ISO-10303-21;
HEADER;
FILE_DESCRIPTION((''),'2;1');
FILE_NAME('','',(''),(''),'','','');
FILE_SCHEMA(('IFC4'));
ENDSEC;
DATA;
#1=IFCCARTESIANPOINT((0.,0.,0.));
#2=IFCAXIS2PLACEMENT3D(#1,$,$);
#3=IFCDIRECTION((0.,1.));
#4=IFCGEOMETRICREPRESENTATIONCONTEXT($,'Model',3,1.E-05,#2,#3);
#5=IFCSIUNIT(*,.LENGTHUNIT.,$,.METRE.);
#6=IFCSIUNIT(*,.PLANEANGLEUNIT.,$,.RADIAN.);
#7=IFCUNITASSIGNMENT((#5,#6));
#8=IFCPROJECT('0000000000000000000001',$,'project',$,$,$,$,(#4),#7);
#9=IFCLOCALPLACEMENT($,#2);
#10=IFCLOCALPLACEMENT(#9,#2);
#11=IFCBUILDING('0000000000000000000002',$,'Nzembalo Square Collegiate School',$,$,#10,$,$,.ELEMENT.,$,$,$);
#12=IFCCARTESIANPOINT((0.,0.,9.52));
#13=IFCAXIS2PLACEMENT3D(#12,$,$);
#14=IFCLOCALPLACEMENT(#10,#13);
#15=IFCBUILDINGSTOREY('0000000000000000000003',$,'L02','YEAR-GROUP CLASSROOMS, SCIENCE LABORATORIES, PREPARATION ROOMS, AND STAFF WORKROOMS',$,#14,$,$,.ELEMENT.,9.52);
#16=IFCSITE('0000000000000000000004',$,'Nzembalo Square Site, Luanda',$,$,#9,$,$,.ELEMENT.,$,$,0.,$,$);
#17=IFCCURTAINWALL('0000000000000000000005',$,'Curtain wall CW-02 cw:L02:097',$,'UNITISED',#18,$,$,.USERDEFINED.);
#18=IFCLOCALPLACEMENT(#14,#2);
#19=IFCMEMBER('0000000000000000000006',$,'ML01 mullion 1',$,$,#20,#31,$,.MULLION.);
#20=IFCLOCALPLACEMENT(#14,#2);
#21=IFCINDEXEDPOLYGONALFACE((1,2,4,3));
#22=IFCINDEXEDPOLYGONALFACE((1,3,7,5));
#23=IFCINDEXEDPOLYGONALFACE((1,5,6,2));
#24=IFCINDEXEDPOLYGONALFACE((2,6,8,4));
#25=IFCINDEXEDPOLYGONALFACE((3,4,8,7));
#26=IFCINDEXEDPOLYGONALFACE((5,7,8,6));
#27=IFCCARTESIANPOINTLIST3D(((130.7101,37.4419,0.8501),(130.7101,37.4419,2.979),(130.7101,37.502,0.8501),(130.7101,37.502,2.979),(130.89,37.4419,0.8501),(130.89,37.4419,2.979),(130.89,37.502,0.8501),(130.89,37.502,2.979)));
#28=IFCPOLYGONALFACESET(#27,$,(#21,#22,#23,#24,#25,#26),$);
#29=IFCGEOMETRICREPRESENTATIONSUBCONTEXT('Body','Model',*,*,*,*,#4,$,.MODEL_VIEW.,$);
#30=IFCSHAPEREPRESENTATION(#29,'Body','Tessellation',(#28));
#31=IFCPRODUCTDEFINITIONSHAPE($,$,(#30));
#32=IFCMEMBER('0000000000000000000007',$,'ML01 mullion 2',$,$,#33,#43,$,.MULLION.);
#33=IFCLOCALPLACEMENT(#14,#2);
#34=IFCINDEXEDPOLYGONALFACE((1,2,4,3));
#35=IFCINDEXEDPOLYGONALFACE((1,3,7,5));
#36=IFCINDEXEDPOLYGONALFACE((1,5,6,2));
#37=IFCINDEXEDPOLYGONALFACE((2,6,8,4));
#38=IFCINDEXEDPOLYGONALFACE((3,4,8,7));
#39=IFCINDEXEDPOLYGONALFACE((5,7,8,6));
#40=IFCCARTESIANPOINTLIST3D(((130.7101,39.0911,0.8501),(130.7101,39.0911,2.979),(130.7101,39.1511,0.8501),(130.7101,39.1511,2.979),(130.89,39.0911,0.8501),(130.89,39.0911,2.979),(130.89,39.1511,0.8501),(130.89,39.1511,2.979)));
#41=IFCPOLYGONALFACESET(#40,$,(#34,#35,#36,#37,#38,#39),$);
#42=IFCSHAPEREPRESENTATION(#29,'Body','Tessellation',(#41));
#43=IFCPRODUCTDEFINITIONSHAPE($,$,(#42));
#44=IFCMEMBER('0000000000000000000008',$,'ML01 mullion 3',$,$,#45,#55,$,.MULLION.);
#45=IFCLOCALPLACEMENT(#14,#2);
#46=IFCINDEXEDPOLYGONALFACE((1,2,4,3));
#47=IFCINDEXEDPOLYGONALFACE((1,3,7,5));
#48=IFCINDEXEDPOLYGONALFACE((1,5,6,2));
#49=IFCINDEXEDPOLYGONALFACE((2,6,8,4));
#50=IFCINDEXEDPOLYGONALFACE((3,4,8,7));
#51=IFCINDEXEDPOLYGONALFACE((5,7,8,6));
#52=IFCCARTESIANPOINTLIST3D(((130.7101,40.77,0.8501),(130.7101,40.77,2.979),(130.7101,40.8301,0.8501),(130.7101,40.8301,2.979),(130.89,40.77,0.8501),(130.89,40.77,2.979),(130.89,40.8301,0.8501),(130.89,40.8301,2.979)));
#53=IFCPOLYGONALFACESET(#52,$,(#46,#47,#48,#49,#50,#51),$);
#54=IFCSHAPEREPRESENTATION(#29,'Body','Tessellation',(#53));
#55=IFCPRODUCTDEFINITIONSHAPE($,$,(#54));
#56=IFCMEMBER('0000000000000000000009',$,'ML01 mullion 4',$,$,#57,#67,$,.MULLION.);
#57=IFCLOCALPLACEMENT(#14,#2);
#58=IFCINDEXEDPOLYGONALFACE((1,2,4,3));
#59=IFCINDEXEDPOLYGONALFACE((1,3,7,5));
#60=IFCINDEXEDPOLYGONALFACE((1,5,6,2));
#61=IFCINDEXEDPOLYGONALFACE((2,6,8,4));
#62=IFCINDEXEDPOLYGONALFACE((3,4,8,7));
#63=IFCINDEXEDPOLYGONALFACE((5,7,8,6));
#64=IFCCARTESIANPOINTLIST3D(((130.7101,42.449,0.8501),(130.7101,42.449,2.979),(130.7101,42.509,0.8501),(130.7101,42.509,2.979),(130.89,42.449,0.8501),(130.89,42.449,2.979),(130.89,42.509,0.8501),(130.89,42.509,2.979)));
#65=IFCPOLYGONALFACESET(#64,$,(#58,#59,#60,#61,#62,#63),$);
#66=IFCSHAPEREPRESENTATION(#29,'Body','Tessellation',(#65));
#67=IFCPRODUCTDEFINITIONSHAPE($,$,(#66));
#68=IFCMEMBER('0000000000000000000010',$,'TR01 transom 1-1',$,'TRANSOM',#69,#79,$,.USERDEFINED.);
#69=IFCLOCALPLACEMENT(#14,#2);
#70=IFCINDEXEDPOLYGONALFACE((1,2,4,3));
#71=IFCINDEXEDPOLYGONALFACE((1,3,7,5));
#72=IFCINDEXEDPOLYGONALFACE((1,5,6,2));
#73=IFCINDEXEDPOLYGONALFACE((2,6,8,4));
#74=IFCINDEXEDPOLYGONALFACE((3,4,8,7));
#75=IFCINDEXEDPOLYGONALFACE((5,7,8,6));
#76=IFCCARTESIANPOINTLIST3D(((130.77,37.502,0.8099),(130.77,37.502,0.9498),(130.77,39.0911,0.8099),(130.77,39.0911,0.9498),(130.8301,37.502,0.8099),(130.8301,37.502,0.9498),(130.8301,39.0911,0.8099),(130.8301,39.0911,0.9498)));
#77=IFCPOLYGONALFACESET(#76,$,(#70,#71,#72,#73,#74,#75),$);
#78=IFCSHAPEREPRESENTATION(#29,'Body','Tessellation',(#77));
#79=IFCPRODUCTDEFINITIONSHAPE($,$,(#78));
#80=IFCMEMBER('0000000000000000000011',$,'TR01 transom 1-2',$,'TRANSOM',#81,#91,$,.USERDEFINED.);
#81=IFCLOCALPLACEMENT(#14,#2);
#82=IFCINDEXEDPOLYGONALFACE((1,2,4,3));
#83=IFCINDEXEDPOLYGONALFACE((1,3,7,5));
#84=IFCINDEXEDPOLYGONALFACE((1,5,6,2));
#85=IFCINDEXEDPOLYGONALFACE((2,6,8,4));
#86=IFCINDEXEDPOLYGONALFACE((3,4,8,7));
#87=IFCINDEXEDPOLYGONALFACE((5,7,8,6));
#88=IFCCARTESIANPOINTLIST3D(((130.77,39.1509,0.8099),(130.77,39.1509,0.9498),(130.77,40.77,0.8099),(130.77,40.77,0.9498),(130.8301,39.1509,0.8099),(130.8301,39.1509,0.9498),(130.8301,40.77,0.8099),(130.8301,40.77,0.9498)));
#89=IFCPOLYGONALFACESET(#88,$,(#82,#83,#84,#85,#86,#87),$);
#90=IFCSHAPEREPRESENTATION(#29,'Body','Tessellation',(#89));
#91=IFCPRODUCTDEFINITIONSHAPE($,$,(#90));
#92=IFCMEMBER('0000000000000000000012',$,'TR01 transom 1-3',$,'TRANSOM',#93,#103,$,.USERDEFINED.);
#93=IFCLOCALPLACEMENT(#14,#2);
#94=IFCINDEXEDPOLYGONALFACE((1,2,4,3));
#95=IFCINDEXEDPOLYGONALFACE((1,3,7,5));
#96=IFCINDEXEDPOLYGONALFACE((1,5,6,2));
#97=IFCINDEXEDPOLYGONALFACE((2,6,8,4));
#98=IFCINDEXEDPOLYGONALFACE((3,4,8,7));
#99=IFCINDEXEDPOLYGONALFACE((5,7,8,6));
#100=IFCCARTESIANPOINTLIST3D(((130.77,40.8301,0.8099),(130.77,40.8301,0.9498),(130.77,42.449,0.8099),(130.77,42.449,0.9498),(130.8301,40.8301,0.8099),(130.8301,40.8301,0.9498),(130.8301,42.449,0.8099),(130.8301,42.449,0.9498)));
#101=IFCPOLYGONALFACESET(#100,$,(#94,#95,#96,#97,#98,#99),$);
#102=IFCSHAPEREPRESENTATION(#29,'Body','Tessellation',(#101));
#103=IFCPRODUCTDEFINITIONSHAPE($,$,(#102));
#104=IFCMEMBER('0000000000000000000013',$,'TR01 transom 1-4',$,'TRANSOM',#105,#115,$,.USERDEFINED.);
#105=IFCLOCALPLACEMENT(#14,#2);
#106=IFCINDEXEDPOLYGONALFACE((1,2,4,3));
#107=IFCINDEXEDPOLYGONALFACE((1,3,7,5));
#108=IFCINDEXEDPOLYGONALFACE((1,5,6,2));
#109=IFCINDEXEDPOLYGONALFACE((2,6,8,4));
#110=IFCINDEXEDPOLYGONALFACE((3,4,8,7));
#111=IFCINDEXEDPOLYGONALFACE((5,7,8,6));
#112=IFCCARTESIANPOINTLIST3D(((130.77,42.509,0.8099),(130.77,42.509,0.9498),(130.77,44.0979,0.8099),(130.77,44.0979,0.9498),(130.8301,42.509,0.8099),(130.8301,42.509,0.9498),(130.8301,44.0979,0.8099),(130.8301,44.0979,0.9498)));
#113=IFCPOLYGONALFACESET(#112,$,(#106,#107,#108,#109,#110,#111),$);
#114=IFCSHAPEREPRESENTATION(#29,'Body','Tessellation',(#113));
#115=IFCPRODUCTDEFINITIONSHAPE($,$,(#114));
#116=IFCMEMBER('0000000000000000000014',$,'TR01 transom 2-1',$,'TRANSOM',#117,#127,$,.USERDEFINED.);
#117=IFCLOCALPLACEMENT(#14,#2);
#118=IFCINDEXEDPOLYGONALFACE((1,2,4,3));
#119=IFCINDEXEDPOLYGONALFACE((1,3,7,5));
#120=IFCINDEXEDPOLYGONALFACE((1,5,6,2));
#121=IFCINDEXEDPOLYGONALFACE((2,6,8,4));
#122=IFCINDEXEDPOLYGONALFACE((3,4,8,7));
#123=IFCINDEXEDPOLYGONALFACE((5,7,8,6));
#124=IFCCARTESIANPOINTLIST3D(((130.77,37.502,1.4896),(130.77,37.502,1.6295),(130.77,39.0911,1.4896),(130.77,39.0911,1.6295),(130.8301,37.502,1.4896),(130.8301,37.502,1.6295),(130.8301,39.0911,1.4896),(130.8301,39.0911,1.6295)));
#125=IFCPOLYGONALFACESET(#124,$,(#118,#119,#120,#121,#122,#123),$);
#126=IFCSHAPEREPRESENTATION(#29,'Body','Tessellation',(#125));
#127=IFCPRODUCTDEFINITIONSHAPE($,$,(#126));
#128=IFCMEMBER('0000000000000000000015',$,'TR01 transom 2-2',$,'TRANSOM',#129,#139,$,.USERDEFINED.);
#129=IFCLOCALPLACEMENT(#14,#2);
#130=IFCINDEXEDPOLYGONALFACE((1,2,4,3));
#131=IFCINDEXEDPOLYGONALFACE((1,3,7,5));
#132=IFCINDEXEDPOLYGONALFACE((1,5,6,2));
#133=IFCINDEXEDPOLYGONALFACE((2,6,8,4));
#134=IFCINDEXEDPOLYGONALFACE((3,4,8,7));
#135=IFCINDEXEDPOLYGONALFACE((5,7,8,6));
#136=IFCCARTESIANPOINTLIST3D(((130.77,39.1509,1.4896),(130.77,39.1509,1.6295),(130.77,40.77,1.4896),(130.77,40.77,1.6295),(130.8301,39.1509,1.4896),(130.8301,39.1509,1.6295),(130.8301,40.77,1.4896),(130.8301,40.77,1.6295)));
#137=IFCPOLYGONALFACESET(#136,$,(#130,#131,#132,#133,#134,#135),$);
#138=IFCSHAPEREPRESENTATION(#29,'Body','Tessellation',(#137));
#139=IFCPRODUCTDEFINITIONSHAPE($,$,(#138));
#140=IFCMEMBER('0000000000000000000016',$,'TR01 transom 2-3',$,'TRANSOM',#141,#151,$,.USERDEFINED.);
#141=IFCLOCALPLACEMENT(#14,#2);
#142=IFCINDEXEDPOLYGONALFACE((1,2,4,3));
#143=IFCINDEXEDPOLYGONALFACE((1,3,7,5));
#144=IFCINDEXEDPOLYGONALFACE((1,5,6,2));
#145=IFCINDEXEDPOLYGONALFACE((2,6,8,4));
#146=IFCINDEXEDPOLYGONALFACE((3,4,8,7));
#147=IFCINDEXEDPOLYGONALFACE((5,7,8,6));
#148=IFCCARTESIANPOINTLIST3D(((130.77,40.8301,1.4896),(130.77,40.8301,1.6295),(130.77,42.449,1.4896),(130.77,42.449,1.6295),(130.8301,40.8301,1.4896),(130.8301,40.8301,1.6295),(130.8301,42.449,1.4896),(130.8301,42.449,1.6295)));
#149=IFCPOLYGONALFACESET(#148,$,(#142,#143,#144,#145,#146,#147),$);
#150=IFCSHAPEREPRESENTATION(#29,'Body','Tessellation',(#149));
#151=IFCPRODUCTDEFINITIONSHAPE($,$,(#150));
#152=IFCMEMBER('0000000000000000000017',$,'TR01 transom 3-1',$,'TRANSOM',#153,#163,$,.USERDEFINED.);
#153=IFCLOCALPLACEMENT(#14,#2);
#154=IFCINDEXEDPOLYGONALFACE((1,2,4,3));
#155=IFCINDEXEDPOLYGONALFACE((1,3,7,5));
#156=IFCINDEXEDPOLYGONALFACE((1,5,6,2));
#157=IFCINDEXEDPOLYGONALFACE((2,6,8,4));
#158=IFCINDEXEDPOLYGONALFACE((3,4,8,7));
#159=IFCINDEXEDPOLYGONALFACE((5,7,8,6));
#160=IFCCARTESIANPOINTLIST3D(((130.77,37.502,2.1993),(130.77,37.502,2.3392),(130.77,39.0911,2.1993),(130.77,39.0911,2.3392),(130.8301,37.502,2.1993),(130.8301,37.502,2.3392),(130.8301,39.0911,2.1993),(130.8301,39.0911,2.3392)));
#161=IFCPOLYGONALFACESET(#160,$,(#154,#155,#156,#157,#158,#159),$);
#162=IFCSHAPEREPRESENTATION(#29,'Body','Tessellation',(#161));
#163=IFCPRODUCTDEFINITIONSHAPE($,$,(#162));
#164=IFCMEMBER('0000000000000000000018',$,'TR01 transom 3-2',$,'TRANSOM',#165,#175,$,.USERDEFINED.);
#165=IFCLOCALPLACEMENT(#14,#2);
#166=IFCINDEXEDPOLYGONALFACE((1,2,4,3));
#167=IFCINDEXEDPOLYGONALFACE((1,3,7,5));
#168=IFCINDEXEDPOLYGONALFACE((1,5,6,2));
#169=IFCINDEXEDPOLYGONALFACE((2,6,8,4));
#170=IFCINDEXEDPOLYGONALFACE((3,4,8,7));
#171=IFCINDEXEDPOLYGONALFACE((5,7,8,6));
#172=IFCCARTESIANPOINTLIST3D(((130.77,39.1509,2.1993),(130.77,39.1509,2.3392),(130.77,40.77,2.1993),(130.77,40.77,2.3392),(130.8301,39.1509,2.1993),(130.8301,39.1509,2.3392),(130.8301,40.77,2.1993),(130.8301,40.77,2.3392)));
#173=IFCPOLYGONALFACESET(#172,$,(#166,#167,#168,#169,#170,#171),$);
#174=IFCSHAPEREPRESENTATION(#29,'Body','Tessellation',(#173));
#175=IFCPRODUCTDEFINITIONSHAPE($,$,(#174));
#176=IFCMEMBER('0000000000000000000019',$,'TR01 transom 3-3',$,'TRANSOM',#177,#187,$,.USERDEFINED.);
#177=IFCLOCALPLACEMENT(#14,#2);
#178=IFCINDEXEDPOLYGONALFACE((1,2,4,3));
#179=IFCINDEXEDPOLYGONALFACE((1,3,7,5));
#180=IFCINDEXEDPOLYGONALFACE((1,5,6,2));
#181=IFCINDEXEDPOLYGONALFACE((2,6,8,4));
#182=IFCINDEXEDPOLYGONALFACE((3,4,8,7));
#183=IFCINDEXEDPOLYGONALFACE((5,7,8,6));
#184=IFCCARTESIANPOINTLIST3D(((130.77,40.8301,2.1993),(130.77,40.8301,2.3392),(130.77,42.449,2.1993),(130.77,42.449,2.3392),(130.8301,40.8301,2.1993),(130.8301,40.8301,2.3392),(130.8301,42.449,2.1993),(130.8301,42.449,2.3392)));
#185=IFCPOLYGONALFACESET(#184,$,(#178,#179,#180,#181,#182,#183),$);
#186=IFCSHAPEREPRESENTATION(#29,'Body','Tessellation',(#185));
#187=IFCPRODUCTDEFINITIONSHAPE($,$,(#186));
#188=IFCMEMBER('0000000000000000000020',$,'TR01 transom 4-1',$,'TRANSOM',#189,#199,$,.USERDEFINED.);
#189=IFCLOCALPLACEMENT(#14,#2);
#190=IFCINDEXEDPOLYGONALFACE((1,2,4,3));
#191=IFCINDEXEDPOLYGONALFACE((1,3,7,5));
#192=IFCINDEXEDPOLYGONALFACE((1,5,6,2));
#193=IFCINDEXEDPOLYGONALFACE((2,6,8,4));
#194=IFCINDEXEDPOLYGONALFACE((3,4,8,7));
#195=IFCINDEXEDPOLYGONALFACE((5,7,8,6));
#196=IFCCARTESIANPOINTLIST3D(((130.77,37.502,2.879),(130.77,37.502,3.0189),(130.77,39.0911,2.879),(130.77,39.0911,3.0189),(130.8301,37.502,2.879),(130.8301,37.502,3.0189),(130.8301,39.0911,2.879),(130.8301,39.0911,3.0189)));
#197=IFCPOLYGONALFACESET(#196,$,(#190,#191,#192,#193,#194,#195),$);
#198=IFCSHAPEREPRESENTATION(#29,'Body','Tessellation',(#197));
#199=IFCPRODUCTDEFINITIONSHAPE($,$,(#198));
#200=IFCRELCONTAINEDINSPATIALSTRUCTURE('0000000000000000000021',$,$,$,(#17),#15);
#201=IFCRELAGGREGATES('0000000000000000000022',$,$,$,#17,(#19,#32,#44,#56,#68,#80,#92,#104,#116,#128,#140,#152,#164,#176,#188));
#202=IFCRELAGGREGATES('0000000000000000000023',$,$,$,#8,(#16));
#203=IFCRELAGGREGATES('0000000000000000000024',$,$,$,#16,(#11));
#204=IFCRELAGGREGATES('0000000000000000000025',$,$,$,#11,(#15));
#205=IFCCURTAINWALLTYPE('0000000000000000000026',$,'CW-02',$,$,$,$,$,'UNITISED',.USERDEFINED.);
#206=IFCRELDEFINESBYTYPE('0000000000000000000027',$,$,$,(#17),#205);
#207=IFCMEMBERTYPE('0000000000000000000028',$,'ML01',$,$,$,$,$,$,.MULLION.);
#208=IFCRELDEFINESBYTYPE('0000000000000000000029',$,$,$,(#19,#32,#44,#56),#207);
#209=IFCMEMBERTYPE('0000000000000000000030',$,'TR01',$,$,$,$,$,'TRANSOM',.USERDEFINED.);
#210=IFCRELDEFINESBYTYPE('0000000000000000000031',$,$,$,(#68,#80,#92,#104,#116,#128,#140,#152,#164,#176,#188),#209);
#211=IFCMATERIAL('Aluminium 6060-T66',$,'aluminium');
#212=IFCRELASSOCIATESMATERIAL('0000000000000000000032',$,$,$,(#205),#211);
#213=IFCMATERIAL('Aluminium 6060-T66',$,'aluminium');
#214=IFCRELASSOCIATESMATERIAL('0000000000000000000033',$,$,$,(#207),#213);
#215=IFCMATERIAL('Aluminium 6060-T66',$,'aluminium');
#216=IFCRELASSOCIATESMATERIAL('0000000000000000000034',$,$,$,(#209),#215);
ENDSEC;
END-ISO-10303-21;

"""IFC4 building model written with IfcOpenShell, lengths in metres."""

from ifc_helpers import new_model, si_unit, direction, frame, origin, origin_2d, place, context, subcontext, project, spatial, rectangle, extrude, material, material_profile, profile_set, type_object, element, aggregate, save


model = new_model("IFC4")

# Units and contexts
model_context = context("Model", 3, precision=1e-05, world=origin(), true_north=direction((0.0, 1.0)))
body_context = subcontext(model_context, "Body", "Model", "MODEL_VIEW")
ifc_project = project(units=[si_unit("LENGTHUNIT", "METRE"), si_unit("PLANEANGLEUNIT", "RADIAN")], contexts=[model_context])

# Site, building, storey
site_placement = place(None, origin())
site = spatial("IfcSite", under=ifc_project, at=site_placement, Name="Nzembalo Square Site, Luanda", CompositionType="ELEMENT", RefElevation=0.0)
building_placement = place(site_placement, origin())
building = spatial("IfcBuilding", under=site, at=building_placement, Name="Nzembalo Square Collegiate School", CompositionType="ELEMENT")
storey_placement = place(building_placement, frame((0.0, 0.0, 9.52)))
storey = spatial("IfcBuildingStorey", under=building, at=storey_placement, Name="L02", Description="YEAR-GROUP CLASSROOMS, SCIENCE LABORATORIES, PREPARATION ROOMS, AND STAFF WORKROOMS", CompositionType="ELEMENT", Elevation=9.52)

# Curtain wall, members
ifc_material_1 = material(Name="Aluminium 6060-T66", Category="aluminium")
curtain_wall_type = type_object("IfcCurtainWallType", Name="CW-02", ElementType="UNITISED", PredefinedType="USERDEFINED", material=ifc_material_1)
curtain_wall_placement = place(storey_placement, origin())
curtain_wall = element("IfcCurtainWall", 1, at=curtain_wall_placement, inside=storey, type_object=curtain_wall_type, Name="Curtain wall CW-02 cw:L02:097", ObjectType="UNITISED", PredefinedType="USERDEFINED")
ifc_material_2 = material(Name="Aluminium 6060-T66", Category="aluminium")
ifc_material_profile_1 = material_profile(ifc_material_2, rectangle(XDim=0.0601, YDim=0.1799, at=origin_2d()), Name="ALU M60x180")
ifc_profile_set_1 = profile_set([ifc_material_profile_1], Name="Aluminium 6060-T66")
member_type_1 = type_object("IfcMemberType", Name="ML01", PredefinedType="MULLION", material=ifc_profile_set_1)
member_1_placement = place(storey_placement, frame((130.8, 37.4719, 0.8501), z_axis=(0.0, 0.0, 1.0), x_axis=(0.0, 1.0, 0.0)))
member_1 = element("IfcMember", 2, at=member_1_placement, type_object=member_type_1, Name="ML01 mullion 1", PredefinedType="MULLION", context=body_context, shape_type="SweptSolid", body=[
    extrude(rectangle(XDim=0.0601, YDim=0.1799, at=origin_2d()), origin(), (0.0, 0.0, 1.0), 2.1289),
])
member_2_placement = place(storey_placement, frame((130.8, 39.1211, 0.8501), z_axis=(0.0, 0.0, 1.0), x_axis=(0.0, 1.0, 0.0)))
member_2 = element("IfcMember", 3, at=member_2_placement, type_object=member_type_1, Name="ML01 mullion 2", PredefinedType="MULLION", context=body_context, shape_type="SweptSolid", body=[
    extrude(rectangle(XDim=0.0601, YDim=0.1799, at=origin_2d()), origin(), (0.0, 0.0, 1.0), 2.1289),
])
member_3_placement = place(storey_placement, frame((130.8, 40.8, 0.8501), z_axis=(0.0, 0.0, 1.0), x_axis=(0.0, 1.0, 0.0)))
member_3 = element("IfcMember", 4, at=member_3_placement, type_object=member_type_1, Name="ML01 mullion 3", PredefinedType="MULLION", context=body_context, shape_type="SweptSolid", body=[
    extrude(rectangle(XDim=0.0601, YDim=0.1799, at=origin_2d()), origin(), (0.0, 0.0, 1.0), 2.1289),
])
member_4_placement = place(storey_placement, frame((130.8, 42.479, 0.8501), z_axis=(0.0, 0.0, 1.0), x_axis=(0.0, 1.0, 0.0)))
member_4 = element("IfcMember", 5, at=member_4_placement, type_object=member_type_1, Name="ML01 mullion 4", PredefinedType="MULLION", context=body_context, shape_type="SweptSolid", body=[
    extrude(rectangle(XDim=0.0601, YDim=0.1799, at=origin_2d()), origin(), (0.0, 0.0, 1.0), 2.1289),
])
ifc_material_3 = material(Name="Aluminium 6060-T66", Category="aluminium")
ifc_material_profile_2 = material_profile(ifc_material_3, rectangle(XDim=0.0601, YDim=0.1399, at=origin_2d()), Name="ALU T60x140")
ifc_profile_set_2 = profile_set([ifc_material_profile_2], Name="Aluminium 6060-T66")
member_type_2 = type_object("IfcMemberType", Name="TR01", ElementType="TRANSOM", PredefinedType="USERDEFINED", material=ifc_profile_set_2)
member_5_placement = place(storey_placement, frame((130.8, 37.502, 0.8799), z_axis=(0.0, 1.0, 0.0), x_axis=(-1.0, 0.0, 0.0)))
member_5 = element("IfcMember", 6, at=member_5_placement, type_object=member_type_2, Name="TR01 transom 1-1", ObjectType="TRANSOM", PredefinedType="USERDEFINED", context=body_context, shape_type="SweptSolid", body=[
    extrude(rectangle(XDim=0.0601, YDim=0.1399, at=origin_2d()), origin(), (0.0, 0.0, 1.0), 1.5891),
])
member_6_placement = place(storey_placement, frame((130.8, 39.1509, 0.8799), z_axis=(0.0, 1.0, 0.0), x_axis=(-1.0, 0.0, 0.0)))
member_6 = element("IfcMember", 7, at=member_6_placement, type_object=member_type_2, Name="TR01 transom 1-2", ObjectType="TRANSOM", PredefinedType="USERDEFINED", context=body_context, shape_type="SweptSolid", body=[
    extrude(rectangle(XDim=0.0601, YDim=0.1399, at=origin_2d()), origin(), (0.0, 0.0, 1.0), 1.6191),
])
member_7_placement = place(storey_placement, frame((130.8, 40.8301, 0.8799), z_axis=(0.0, 1.0, 0.0), x_axis=(-1.0, 0.0, 0.0)))
member_7 = element("IfcMember", 8, at=member_7_placement, type_object=member_type_2, Name="TR01 transom 1-3", ObjectType="TRANSOM", PredefinedType="USERDEFINED", context=body_context, shape_type="SweptSolid", body=[
    extrude(rectangle(XDim=0.0601, YDim=0.1399, at=origin_2d()), origin(), (0.0, 0.0, 1.0), 1.6189),
])
member_8_placement = place(storey_placement, frame((130.8, 42.509, 0.8799), z_axis=(0.0, 1.0, 0.0), x_axis=(-1.0, 0.0, 0.0)))
member_8 = element("IfcMember", 9, at=member_8_placement, type_object=member_type_2, Name="TR01 transom 1-4", ObjectType="TRANSOM", PredefinedType="USERDEFINED", context=body_context, shape_type="SweptSolid", body=[
    extrude(rectangle(XDim=0.0601, YDim=0.1399, at=origin_2d()), origin(), (0.0, 0.0, 1.0), 1.5889),
])
member_9_placement = place(storey_placement, frame((130.8, 37.502, 1.5596), z_axis=(0.0, 1.0, 0.0), x_axis=(-1.0, 0.0, 0.0)))
member_9 = element("IfcMember", 10, at=member_9_placement, type_object=member_type_2, Name="TR01 transom 2-1", ObjectType="TRANSOM", PredefinedType="USERDEFINED", context=body_context, shape_type="SweptSolid", body=[
    extrude(rectangle(XDim=0.0601, YDim=0.1399, at=origin_2d()), origin(), (0.0, 0.0, 1.0), 1.5891),
])
member_10_placement = place(storey_placement, frame((130.8, 39.1509, 1.5596), z_axis=(0.0, 1.0, 0.0), x_axis=(-1.0, 0.0, 0.0)))
member_10 = element("IfcMember", 11, at=member_10_placement, type_object=member_type_2, Name="TR01 transom 2-2", ObjectType="TRANSOM", PredefinedType="USERDEFINED", context=body_context, shape_type="SweptSolid", body=[
    extrude(rectangle(XDim=0.0601, YDim=0.1399, at=origin_2d()), origin(), (0.0, 0.0, 1.0), 1.6191),
])
member_11_placement = place(storey_placement, frame((130.8, 40.8301, 1.5596), z_axis=(0.0, 1.0, 0.0), x_axis=(-1.0, 0.0, 0.0)))
member_11 = element("IfcMember", 12, at=member_11_placement, type_object=member_type_2, Name="TR01 transom 2-3", ObjectType="TRANSOM", PredefinedType="USERDEFINED", context=body_context, shape_type="SweptSolid", body=[
    extrude(rectangle(XDim=0.0601, YDim=0.1399, at=origin_2d()), origin(), (0.0, 0.0, 1.0), 1.6189),
])
member_12_placement = place(storey_placement, frame((130.8, 37.502, 2.2693), z_axis=(0.0, 1.0, 0.0), x_axis=(-1.0, 0.0, 0.0)))
member_12 = element("IfcMember", 13, at=member_12_placement, type_object=member_type_2, Name="TR01 transom 3-1", ObjectType="TRANSOM", PredefinedType="USERDEFINED", context=body_context, shape_type="SweptSolid", body=[
    extrude(rectangle(XDim=0.0601, YDim=0.1399, at=origin_2d()), origin(), (0.0, 0.0, 1.0), 1.5891),
])
member_13_placement = place(storey_placement, frame((130.8, 39.1509, 2.2693), z_axis=(0.0, 1.0, 0.0), x_axis=(-1.0, 0.0, 0.0)))
member_13 = element("IfcMember", 14, at=member_13_placement, type_object=member_type_2, Name="TR01 transom 3-2", ObjectType="TRANSOM", PredefinedType="USERDEFINED", context=body_context, shape_type="SweptSolid", body=[
    extrude(rectangle(XDim=0.0601, YDim=0.1399, at=origin_2d()), origin(), (0.0, 0.0, 1.0), 1.6191),
])
member_14_placement = place(storey_placement, frame((130.8, 40.8301, 2.2693), z_axis=(0.0, 1.0, 0.0), x_axis=(-1.0, 0.0, 0.0)))
member_14 = element("IfcMember", 15, at=member_14_placement, type_object=member_type_2, Name="TR01 transom 3-3", ObjectType="TRANSOM", PredefinedType="USERDEFINED", context=body_context, shape_type="SweptSolid", body=[
    extrude(rectangle(XDim=0.0601, YDim=0.1399, at=origin_2d()), origin(), (0.0, 0.0, 1.0), 1.6189),
])
member_15_placement = place(storey_placement, frame((130.8, 37.502, 2.949), z_axis=(0.0, 1.0, 0.0), x_axis=(-1.0, 0.0, 0.0)))
member_15 = element("IfcMember", 16, at=member_15_placement, type_object=member_type_2, Name="TR01 transom 4-1", ObjectType="TRANSOM", PredefinedType="USERDEFINED", context=body_context, shape_type="SweptSolid", body=[
    extrude(rectangle(XDim=0.0601, YDim=0.1399, at=origin_2d()), origin(), (0.0, 0.0, 1.0), 1.5891),
])
aggregate(curtain_wall, [member_1, member_2, member_3, member_4, member_5, member_6, member_7, member_8, member_9, member_10, member_11, member_12, member_13, member_14, member_15])

save(model, "model.ifc")
